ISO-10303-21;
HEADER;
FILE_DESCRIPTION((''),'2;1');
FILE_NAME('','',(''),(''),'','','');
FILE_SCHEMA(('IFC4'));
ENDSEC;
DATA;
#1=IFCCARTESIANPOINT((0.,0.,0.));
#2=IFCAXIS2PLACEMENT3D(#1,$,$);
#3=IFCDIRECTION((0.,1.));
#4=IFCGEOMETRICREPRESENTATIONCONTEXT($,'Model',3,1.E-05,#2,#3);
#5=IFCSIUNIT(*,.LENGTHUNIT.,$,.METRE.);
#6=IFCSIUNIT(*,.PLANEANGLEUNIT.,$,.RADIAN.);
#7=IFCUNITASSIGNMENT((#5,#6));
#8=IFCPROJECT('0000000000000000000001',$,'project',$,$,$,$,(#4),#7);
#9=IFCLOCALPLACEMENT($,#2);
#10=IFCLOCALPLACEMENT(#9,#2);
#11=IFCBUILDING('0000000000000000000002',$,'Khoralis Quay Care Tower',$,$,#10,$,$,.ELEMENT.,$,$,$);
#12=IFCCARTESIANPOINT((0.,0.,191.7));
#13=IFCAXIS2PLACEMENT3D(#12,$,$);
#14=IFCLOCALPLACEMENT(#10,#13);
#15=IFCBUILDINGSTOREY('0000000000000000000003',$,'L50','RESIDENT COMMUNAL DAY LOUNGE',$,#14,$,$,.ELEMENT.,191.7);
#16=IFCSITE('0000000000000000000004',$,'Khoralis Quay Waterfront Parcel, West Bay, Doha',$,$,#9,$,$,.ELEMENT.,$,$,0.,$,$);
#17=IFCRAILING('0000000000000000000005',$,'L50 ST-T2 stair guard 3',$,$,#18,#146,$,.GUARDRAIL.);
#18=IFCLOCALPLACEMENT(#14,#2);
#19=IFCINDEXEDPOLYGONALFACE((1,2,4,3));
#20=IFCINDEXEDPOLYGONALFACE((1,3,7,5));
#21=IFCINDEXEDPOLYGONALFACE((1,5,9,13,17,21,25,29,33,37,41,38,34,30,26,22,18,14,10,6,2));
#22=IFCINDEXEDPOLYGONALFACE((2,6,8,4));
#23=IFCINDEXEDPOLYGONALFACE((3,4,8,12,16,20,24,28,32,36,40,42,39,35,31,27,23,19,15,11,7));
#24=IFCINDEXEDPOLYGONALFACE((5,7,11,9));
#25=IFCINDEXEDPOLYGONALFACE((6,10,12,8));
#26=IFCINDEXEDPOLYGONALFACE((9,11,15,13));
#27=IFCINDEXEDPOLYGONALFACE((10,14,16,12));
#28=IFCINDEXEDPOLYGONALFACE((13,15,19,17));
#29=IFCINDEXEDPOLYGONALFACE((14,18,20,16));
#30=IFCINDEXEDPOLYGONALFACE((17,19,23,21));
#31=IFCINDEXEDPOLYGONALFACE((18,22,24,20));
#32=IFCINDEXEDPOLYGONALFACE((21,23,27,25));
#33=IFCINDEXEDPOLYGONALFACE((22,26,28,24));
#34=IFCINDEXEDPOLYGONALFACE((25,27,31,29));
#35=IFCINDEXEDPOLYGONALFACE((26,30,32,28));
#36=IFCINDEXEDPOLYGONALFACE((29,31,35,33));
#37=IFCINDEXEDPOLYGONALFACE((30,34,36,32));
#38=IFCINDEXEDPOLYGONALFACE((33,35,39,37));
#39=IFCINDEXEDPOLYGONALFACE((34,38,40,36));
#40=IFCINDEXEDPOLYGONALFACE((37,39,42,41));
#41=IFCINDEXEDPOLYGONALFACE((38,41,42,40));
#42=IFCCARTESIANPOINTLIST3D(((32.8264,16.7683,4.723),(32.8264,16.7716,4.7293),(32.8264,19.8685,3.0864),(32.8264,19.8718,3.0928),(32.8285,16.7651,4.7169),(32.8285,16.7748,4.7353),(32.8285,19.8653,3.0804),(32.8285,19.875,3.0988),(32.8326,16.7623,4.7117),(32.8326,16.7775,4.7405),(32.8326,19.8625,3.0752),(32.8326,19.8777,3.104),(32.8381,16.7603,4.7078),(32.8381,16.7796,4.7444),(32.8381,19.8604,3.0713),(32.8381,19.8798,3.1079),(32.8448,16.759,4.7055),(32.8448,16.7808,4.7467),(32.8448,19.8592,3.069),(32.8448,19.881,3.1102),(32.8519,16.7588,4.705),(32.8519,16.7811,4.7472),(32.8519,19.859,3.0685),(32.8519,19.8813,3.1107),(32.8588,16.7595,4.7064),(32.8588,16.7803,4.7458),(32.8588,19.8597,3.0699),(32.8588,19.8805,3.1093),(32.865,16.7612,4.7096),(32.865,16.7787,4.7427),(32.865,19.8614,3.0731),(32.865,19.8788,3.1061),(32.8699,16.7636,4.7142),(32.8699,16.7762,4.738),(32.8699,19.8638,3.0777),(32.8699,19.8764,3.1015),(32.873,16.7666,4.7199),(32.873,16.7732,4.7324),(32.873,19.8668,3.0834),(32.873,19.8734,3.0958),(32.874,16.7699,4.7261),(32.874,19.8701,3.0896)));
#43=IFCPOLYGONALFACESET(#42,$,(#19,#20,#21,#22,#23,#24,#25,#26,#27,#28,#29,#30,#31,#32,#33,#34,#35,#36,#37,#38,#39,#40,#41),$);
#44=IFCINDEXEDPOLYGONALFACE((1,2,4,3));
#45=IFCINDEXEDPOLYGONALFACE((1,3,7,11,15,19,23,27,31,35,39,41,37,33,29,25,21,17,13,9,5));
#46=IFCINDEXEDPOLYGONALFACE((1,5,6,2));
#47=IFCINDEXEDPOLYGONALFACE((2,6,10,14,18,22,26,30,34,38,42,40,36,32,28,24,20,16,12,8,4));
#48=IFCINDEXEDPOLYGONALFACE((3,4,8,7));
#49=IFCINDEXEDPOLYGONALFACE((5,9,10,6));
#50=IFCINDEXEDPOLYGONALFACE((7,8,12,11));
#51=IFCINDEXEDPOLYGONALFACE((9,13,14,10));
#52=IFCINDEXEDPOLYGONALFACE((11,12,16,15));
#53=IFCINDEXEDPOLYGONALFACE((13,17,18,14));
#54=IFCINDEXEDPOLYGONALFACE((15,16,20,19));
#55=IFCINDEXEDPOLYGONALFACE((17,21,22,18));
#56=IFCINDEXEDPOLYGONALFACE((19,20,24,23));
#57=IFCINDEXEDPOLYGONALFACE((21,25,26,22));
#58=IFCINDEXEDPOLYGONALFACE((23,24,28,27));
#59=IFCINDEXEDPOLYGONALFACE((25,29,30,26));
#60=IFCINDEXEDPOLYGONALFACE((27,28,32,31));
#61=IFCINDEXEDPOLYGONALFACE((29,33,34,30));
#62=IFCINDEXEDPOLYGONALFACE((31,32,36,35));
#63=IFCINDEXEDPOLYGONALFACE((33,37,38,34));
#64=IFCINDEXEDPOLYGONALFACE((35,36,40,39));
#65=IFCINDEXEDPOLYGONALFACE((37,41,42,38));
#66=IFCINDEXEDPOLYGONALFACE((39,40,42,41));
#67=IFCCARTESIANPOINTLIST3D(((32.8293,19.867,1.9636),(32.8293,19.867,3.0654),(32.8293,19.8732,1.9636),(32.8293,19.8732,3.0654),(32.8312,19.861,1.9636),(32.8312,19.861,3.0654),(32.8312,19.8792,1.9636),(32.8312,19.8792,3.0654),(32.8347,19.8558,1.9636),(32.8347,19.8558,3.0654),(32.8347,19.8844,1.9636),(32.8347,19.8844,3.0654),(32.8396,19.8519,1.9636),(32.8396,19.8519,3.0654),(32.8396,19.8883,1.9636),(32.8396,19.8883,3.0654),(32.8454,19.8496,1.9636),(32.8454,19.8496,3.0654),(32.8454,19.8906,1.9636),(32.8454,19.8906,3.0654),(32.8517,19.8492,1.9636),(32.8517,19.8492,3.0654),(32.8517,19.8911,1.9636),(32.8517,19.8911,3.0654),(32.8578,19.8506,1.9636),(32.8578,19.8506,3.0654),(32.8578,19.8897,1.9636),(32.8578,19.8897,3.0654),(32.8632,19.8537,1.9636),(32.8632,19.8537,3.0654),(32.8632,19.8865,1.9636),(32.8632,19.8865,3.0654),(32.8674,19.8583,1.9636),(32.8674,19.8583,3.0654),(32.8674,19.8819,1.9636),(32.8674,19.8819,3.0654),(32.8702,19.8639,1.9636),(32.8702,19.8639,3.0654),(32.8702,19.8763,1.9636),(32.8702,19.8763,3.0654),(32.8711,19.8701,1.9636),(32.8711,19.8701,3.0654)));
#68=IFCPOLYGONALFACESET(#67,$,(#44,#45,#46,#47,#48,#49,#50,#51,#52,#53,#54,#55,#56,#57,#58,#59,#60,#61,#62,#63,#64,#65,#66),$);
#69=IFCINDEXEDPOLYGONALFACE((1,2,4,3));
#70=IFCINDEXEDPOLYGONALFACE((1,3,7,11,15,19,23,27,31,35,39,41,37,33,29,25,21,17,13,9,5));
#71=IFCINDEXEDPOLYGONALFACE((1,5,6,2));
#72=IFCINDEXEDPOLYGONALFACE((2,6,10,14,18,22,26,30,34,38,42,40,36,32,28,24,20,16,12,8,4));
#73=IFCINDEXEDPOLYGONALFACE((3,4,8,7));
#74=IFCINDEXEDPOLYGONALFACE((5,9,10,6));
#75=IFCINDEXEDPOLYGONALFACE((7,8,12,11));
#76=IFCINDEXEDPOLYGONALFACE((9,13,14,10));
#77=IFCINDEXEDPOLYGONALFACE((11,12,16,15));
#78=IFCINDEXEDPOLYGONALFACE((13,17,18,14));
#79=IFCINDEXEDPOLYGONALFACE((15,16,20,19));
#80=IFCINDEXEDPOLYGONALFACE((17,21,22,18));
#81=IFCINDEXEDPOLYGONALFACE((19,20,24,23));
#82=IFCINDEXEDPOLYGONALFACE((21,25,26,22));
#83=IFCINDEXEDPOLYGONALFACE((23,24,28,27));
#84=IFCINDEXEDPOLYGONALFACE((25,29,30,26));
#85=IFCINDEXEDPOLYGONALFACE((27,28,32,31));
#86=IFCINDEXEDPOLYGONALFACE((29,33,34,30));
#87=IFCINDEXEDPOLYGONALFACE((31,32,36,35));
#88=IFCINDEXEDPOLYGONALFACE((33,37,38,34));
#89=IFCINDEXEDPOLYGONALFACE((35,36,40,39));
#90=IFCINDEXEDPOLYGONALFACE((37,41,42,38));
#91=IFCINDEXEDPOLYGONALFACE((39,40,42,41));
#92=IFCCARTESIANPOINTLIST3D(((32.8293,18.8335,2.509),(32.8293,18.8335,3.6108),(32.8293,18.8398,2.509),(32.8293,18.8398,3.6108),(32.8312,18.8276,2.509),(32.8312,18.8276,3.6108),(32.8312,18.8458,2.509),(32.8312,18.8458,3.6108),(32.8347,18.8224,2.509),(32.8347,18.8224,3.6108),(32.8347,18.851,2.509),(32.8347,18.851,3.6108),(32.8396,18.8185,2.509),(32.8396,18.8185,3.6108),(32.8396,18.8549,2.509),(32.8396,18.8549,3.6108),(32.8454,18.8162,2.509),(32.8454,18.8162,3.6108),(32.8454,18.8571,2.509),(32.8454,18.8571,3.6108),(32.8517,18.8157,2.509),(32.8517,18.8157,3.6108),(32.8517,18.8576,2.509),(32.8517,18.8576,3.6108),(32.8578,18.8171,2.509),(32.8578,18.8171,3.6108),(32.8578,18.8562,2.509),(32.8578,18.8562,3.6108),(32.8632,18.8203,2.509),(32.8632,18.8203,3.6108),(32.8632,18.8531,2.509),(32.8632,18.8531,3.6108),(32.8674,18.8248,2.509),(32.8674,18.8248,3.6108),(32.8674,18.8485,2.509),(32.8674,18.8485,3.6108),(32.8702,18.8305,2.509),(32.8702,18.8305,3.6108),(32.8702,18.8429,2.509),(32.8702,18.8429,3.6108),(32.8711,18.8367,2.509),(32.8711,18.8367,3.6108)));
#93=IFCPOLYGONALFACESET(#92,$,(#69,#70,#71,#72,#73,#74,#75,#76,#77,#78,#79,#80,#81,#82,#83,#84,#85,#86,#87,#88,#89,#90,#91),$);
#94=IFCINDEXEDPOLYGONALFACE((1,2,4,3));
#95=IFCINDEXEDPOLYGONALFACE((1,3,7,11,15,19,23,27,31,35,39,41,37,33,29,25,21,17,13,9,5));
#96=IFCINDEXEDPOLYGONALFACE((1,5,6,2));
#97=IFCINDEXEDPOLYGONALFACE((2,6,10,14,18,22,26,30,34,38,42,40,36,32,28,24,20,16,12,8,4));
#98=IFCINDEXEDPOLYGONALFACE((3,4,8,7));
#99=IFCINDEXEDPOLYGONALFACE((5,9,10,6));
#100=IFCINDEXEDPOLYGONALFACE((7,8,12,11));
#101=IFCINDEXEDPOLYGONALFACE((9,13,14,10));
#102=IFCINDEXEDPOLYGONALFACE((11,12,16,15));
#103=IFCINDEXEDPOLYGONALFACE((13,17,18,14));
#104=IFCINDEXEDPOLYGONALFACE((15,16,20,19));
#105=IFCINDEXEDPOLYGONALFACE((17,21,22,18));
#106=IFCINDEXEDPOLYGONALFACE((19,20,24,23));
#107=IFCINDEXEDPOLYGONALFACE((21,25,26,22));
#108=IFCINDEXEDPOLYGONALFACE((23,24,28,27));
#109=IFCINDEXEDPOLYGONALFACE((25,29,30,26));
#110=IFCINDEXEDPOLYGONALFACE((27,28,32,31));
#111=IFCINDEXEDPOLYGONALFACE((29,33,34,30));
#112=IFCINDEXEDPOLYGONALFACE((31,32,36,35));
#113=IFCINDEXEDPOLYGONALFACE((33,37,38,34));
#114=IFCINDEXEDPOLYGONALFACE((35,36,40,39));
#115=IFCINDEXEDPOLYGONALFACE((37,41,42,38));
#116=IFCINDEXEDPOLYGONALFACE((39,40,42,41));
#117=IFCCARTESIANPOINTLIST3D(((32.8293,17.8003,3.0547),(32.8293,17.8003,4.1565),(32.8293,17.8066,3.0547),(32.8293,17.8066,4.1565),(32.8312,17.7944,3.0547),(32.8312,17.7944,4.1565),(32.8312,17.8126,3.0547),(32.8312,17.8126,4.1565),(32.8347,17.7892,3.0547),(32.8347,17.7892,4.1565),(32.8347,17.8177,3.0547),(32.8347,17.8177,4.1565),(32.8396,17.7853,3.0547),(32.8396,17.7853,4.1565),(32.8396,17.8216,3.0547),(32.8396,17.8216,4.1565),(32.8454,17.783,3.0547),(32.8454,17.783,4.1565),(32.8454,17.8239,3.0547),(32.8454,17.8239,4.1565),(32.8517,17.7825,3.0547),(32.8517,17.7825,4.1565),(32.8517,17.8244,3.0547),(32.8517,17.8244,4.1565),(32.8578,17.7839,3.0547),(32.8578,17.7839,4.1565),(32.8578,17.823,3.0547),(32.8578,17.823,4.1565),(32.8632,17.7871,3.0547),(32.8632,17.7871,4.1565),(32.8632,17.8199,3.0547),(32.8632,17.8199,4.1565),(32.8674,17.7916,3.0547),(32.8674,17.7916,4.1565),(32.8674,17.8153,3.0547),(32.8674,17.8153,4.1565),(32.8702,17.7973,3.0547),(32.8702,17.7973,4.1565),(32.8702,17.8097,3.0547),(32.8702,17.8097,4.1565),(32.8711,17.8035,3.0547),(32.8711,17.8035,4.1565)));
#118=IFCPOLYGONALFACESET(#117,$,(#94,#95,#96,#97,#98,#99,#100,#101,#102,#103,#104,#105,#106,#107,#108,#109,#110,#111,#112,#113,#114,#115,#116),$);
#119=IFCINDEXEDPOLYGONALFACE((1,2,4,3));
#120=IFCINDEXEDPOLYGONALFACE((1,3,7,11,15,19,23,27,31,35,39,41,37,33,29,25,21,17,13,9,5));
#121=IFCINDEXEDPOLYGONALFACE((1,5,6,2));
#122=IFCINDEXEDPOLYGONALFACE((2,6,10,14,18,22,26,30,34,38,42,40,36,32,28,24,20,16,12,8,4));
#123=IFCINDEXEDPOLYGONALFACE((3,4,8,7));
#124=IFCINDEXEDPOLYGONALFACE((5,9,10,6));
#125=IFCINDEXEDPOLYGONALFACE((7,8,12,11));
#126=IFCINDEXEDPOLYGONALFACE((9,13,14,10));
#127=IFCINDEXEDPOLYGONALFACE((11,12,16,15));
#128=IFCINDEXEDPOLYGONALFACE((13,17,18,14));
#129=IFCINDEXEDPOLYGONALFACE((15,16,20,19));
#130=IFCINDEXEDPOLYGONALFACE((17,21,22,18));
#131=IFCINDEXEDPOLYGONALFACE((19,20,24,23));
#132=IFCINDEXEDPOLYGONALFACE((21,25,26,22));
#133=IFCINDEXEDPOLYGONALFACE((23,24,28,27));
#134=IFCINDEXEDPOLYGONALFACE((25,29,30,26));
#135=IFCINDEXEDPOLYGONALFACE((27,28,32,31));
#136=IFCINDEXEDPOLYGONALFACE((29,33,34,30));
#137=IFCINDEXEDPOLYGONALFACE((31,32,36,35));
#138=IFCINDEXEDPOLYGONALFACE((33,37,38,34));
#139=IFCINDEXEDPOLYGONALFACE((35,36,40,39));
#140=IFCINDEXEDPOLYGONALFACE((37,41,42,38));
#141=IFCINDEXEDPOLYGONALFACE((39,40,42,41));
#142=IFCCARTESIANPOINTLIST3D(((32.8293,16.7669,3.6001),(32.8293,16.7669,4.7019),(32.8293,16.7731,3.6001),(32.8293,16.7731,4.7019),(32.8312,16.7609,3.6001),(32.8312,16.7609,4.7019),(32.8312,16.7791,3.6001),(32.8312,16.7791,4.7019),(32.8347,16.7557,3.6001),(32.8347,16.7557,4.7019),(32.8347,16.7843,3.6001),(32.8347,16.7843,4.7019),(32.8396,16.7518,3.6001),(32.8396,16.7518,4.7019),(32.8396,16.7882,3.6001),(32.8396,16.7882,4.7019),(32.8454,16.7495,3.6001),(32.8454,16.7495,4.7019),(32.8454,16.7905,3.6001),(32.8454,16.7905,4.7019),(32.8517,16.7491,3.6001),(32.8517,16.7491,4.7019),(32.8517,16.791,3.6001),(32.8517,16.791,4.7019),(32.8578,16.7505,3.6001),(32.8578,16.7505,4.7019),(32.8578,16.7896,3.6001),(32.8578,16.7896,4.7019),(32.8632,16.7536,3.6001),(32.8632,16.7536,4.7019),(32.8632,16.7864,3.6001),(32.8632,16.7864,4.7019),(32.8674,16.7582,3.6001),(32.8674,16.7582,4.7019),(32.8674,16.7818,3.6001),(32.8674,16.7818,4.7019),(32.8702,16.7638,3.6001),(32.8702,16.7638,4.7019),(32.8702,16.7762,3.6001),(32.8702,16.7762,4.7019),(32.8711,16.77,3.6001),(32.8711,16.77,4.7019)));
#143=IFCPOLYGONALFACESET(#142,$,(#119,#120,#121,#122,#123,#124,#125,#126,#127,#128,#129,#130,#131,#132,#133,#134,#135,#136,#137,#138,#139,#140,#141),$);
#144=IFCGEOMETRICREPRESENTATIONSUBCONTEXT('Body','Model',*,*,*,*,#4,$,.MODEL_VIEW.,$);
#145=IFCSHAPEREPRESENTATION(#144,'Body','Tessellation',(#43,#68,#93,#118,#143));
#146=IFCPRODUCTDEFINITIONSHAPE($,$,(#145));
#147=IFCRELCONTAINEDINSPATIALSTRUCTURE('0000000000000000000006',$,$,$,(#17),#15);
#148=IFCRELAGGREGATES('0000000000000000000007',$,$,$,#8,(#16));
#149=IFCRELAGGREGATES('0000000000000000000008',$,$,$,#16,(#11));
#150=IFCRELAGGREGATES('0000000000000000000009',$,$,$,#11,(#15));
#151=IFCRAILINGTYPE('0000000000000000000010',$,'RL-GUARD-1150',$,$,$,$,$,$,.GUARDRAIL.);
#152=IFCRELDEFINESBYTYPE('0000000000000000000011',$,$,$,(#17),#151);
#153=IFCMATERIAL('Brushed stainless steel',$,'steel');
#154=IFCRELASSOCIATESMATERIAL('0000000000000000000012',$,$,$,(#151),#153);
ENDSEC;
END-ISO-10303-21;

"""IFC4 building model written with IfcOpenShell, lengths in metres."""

from ifc_helpers import new_model, si_unit, direction, frame, origin, origin_2d, place, context, subcontext, project, spatial, circle, extrude, material, type_object, element, save


model = new_model("IFC4")

# Units and contexts
model_context = context("Model", 3, precision=1e-05, world=origin(), true_north=direction((0.0, 1.0)))
body_context = subcontext(model_context, "Body", "Model", "MODEL_VIEW")
ifc_project = project(units=[si_unit("LENGTHUNIT", "METRE"), si_unit("PLANEANGLEUNIT", "RADIAN")], contexts=[model_context])

# Site, building, storey
site_placement = place(None, origin())
site = spatial("IfcSite", under=ifc_project, at=site_placement, Name="Khoralis Quay Waterfront Parcel, West Bay, Doha", CompositionType="ELEMENT", RefElevation=0.0)
building_placement = place(site_placement, origin())
building = spatial("IfcBuilding", under=site, at=building_placement, Name="Khoralis Quay Care Tower", CompositionType="ELEMENT")
storey_placement = place(building_placement, frame((0.0, 0.0, 191.7)))
storey = spatial("IfcBuildingStorey", under=building, at=storey_placement, Name="L50", Description="RESIDENT COMMUNAL DAY LOUNGE", CompositionType="ELEMENT", Elevation=191.7)

# Shared definitions
ifc_material_1 = material(Name="Brushed stainless steel", Category="steel")

# Railing
railing_type_1 = type_object("IfcRailingType", Name="RL-GUARD-1150", PredefinedType="GUARDRAIL", material=ifc_material_1)
railing_1_placement = place(storey_placement, frame((32.8501, 19.8701, 1.9636)))
element("IfcRailing", 1, at=railing_1_placement, inside=storey, type_object=railing_type_1, Name="L50 ST-T2 stair guard 3", PredefinedType="GUARDRAIL", context=body_context, shape_type="SweptSolid", body=[
    extrude(circle(Radius=0.0239, at=origin_2d()), frame((0.0, 0.0, 1.126), z_axis=(0.0, -0.884348, 0.466828), x_axis=(1.0, 0.0, 0.0)), (0.0, 0.0, 1.0), 3.5056),
    extrude(circle(Radius=0.021, at=origin_2d()), origin(), (0.0, 0.0, 1.0), 1.1018),
    extrude(circle(Radius=0.021, at=origin_2d()), frame((0.0, -1.0334, 0.5454)), (0.0, 0.0, 1.0), 1.1018),
    extrude(circle(Radius=0.021, at=origin_2d()), frame((0.0, -2.0667, 1.0911)), (0.0, 0.0, 1.0), 1.1018),
    extrude(circle(Radius=0.021, at=origin_2d()), frame((0.0, -3.1001, 1.6365)), (0.0, 0.0, 1.0), 1.1018),
])

save(model, "model.ifc")
